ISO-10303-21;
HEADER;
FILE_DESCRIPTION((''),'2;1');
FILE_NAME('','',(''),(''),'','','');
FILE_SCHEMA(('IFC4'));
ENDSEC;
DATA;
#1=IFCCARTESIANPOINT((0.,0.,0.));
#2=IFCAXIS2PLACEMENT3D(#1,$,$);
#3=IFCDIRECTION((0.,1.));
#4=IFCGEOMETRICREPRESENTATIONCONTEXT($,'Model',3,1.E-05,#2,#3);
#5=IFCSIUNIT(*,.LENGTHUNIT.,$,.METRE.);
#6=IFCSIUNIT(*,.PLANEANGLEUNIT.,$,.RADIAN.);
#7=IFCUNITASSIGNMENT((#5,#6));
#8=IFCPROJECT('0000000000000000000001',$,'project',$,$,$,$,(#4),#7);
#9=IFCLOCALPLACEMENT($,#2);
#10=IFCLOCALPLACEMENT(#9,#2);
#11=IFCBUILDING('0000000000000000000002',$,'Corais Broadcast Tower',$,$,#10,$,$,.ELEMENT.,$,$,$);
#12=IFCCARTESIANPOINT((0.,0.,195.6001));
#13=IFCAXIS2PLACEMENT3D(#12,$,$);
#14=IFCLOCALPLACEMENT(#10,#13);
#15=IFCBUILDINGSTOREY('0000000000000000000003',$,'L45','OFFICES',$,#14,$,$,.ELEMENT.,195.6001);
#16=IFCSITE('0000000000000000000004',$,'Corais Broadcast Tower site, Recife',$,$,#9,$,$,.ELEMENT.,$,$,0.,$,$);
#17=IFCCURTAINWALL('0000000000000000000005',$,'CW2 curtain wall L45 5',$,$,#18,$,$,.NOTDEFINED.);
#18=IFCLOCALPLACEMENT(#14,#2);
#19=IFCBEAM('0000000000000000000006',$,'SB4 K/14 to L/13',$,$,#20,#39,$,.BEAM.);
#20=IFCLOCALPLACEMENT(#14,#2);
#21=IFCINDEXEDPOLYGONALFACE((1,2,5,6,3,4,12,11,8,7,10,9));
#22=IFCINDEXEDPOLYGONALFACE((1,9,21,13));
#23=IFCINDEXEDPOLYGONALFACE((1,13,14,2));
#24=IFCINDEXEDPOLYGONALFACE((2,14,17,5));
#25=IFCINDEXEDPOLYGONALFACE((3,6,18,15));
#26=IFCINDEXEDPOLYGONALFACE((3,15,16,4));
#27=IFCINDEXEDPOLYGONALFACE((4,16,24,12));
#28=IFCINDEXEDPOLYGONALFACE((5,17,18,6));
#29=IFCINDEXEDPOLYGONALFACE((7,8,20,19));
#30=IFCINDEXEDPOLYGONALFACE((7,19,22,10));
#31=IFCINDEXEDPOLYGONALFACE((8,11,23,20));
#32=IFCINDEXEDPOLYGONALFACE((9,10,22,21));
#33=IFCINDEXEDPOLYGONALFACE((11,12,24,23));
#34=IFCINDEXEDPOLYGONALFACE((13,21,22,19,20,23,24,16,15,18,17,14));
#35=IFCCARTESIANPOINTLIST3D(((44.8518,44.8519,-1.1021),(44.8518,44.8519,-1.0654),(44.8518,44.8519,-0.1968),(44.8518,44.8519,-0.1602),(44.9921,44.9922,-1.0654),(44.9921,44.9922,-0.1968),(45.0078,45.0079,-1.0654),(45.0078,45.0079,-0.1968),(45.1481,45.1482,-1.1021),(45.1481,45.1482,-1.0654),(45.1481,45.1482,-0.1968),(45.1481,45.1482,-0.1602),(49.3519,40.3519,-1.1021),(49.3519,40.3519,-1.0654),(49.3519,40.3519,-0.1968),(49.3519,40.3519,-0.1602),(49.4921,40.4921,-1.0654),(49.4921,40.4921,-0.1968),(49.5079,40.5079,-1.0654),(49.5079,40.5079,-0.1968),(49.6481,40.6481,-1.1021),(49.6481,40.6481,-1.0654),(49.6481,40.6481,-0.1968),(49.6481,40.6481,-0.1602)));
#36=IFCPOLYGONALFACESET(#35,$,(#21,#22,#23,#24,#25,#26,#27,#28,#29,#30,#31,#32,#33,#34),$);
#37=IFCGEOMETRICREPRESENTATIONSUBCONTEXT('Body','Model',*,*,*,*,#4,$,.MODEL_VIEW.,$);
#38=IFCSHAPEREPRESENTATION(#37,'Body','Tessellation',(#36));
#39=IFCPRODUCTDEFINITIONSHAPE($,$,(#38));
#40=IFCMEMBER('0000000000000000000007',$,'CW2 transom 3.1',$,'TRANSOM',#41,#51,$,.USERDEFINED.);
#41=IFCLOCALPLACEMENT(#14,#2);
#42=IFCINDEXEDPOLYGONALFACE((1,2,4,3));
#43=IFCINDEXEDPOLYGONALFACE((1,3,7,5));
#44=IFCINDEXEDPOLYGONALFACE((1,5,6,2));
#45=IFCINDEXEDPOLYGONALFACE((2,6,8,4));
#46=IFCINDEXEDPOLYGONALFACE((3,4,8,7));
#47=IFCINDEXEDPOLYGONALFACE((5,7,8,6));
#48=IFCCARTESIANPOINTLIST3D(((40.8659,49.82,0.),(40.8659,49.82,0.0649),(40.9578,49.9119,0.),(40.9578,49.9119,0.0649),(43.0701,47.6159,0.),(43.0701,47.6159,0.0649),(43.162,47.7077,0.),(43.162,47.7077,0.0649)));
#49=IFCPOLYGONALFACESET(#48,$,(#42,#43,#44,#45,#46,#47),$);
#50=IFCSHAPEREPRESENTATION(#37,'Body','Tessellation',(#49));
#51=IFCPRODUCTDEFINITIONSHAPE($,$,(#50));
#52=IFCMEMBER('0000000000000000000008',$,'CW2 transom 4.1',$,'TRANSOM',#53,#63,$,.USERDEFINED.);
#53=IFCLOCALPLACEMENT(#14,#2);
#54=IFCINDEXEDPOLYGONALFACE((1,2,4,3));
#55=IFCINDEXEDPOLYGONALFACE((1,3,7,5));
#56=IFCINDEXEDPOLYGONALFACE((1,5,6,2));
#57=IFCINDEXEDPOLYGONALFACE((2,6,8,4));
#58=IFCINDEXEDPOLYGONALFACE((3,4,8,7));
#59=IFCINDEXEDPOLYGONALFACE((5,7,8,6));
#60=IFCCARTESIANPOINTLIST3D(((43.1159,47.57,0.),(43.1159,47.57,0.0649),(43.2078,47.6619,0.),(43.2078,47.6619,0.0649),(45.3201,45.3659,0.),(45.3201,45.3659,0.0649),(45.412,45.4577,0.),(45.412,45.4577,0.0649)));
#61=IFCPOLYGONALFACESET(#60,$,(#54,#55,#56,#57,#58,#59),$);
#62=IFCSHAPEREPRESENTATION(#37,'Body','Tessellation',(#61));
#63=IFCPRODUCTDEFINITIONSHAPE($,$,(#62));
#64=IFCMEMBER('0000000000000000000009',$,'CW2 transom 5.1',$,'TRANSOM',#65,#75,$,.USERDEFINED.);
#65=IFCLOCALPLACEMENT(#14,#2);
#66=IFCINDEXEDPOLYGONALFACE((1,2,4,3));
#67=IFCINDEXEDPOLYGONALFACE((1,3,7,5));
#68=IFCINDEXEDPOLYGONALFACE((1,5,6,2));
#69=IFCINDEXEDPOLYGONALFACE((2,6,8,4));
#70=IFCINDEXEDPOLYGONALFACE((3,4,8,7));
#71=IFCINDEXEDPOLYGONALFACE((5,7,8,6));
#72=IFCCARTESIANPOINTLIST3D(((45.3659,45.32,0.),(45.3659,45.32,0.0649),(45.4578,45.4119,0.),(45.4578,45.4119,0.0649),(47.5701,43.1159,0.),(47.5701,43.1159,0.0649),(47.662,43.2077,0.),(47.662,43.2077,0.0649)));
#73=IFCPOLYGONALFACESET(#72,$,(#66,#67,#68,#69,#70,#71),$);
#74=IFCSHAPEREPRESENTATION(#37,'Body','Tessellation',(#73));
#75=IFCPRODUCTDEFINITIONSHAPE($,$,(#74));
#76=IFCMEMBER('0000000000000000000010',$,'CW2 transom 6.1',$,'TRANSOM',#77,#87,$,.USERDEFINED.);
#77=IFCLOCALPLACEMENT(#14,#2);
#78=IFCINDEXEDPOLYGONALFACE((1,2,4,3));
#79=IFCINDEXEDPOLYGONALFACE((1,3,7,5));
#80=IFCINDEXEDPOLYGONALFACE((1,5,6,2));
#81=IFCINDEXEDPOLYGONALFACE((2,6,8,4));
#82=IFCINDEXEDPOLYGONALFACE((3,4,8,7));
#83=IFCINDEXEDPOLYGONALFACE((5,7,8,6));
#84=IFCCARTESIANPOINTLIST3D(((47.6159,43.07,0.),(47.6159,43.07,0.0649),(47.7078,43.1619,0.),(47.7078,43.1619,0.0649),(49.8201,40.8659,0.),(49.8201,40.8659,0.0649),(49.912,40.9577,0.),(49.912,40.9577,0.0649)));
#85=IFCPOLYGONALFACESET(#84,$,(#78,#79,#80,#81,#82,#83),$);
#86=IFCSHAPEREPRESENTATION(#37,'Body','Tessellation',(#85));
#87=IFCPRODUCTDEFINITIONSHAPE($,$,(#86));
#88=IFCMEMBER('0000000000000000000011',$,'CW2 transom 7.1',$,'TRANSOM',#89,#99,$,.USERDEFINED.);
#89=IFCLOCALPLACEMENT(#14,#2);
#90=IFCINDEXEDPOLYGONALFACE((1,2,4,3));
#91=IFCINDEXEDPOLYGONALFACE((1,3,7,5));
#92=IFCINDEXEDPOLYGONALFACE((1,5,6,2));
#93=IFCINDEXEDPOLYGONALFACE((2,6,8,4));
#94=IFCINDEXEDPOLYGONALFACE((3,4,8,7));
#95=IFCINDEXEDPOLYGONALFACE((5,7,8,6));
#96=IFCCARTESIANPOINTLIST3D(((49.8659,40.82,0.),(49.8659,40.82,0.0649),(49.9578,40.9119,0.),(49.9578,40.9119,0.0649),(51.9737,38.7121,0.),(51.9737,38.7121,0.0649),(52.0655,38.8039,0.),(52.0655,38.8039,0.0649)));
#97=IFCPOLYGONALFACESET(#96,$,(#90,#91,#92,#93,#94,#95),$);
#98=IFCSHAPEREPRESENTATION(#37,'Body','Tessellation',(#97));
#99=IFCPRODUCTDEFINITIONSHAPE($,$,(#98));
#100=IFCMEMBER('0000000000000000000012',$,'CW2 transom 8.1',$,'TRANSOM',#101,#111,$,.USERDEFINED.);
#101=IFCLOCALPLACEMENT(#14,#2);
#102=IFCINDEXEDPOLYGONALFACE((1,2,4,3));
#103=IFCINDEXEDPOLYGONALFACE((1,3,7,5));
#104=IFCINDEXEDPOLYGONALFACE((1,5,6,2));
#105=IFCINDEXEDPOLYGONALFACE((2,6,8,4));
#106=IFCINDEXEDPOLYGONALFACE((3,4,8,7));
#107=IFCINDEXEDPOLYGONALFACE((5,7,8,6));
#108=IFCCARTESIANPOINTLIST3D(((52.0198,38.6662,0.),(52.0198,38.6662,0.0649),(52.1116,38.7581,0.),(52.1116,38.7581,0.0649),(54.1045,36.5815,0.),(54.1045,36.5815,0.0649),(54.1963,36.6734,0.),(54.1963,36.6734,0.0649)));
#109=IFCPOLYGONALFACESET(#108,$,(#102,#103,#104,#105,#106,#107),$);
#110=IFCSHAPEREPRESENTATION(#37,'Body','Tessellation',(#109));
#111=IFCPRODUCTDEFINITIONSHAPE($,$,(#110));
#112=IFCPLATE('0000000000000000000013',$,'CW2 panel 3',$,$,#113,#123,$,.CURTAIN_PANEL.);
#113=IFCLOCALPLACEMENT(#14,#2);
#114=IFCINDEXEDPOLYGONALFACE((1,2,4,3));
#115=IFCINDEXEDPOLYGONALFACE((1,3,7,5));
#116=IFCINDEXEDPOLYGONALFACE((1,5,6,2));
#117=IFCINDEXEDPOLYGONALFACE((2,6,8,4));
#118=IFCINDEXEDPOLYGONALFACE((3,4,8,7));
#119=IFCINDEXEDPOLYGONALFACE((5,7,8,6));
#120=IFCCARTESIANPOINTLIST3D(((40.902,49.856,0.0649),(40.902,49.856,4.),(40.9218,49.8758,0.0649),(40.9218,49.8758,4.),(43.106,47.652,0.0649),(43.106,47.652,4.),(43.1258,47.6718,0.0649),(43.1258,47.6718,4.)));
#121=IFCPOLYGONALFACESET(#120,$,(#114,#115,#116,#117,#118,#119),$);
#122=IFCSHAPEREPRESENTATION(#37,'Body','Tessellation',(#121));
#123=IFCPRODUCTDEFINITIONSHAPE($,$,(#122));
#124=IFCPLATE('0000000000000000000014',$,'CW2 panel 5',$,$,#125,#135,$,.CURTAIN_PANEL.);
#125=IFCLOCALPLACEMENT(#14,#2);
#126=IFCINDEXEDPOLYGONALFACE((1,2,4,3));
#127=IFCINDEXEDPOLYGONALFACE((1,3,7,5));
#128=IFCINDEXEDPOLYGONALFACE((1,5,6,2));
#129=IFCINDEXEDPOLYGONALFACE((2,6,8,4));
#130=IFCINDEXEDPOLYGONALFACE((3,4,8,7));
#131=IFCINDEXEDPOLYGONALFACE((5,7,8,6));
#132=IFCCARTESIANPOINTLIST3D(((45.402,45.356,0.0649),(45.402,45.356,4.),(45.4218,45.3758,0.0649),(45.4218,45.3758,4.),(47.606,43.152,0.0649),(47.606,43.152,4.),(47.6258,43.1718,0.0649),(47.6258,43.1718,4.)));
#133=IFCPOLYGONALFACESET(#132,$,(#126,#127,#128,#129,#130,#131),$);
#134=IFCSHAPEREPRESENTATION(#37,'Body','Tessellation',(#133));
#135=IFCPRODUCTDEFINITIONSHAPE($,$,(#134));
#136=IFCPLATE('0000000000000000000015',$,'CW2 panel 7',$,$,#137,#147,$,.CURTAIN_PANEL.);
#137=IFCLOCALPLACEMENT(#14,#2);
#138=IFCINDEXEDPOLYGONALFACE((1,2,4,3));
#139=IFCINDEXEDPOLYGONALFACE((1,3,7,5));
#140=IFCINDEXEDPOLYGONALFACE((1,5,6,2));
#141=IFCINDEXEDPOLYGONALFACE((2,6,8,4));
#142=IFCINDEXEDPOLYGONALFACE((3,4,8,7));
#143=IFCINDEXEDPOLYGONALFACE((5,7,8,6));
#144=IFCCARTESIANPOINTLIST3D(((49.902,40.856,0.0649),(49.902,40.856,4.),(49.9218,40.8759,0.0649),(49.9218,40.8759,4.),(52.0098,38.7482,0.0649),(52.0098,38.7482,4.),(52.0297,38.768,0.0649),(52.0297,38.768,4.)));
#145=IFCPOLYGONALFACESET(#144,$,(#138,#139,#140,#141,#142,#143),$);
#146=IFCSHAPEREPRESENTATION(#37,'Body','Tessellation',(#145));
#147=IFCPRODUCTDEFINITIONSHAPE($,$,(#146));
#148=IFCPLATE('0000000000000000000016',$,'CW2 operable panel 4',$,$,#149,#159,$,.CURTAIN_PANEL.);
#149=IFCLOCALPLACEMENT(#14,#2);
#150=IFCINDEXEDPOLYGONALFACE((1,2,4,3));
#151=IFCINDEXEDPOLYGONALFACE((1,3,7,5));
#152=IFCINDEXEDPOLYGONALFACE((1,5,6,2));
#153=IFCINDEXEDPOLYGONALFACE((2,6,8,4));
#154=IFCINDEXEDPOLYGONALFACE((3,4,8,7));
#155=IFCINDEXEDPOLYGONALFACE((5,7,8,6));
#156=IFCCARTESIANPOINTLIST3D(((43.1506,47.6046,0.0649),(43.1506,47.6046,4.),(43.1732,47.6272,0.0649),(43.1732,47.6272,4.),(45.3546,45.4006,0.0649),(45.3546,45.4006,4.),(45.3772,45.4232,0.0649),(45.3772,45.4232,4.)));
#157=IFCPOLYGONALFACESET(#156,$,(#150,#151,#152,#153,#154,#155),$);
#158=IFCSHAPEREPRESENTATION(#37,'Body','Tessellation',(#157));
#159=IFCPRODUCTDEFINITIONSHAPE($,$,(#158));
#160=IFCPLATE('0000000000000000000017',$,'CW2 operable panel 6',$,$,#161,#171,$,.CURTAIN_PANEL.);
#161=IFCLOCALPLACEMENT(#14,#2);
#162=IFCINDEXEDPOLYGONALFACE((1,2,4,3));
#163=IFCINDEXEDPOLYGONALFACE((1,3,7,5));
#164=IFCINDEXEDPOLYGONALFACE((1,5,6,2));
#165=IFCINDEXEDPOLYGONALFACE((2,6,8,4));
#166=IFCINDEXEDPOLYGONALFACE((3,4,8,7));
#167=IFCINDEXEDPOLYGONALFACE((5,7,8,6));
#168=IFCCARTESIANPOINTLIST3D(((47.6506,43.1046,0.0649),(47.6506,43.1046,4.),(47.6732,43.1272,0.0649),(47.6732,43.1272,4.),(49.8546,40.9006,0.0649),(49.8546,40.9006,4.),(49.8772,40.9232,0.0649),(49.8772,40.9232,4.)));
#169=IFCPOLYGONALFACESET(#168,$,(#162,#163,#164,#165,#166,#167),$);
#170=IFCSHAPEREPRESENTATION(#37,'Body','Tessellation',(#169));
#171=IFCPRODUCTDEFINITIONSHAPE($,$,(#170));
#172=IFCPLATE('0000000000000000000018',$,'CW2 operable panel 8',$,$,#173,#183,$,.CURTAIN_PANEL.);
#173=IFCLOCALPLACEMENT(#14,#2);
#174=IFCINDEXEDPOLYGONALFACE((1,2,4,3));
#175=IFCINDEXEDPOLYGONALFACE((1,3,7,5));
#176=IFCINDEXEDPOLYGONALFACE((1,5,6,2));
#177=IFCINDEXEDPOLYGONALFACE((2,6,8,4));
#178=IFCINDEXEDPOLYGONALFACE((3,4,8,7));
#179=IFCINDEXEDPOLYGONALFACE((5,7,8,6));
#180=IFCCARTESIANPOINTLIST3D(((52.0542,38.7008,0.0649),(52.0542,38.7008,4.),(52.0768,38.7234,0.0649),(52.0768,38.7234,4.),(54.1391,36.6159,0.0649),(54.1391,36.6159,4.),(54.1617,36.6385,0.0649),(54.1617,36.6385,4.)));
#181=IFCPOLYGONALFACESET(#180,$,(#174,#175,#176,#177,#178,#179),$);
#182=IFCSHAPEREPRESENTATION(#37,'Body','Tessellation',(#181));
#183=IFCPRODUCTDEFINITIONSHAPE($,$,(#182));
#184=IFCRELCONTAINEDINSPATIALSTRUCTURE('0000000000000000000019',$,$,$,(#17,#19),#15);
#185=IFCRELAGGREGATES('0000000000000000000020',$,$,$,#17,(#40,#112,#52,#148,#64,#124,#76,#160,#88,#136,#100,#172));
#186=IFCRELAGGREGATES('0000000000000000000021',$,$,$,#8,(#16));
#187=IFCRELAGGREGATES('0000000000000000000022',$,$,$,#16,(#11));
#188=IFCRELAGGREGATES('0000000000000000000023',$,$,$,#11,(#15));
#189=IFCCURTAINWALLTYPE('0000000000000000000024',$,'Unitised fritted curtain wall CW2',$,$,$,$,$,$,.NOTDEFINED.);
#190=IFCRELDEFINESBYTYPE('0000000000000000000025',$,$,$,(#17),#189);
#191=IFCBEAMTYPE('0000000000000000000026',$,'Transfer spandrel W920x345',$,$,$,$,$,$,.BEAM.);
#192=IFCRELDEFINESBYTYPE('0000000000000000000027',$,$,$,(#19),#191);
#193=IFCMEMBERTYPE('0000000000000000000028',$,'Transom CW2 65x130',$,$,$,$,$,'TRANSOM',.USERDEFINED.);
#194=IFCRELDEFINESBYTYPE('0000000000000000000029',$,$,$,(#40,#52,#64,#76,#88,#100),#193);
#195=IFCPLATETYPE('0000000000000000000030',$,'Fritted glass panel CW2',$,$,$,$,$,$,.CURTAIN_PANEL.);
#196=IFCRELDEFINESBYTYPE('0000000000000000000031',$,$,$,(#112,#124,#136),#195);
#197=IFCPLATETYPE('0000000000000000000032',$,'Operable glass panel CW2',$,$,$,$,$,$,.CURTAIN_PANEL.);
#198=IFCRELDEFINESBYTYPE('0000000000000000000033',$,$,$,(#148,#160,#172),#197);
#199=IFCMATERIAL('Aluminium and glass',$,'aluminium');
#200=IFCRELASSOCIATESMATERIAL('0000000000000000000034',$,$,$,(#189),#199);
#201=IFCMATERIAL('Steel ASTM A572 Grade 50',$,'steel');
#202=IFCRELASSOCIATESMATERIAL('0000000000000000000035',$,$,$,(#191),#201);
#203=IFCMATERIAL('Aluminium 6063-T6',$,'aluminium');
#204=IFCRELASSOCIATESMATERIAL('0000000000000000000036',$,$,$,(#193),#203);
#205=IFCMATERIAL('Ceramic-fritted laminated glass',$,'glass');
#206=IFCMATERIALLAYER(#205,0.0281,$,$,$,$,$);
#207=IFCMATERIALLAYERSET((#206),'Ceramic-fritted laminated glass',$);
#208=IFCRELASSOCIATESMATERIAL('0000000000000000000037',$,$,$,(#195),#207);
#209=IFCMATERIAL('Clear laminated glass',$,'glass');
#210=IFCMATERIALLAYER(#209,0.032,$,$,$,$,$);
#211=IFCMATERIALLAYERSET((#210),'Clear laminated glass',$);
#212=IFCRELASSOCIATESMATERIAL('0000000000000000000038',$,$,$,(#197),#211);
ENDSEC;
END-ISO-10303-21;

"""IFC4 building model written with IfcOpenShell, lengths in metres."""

from ifc_helpers import new_model, si_unit, direction, frame, origin, origin_2d, place, context, subcontext, project, spatial, rectangle, i_section, extrude, material, layer, layer_set, material_profile, profile_set, type_object, element, aggregate, save


model = new_model("IFC4")

# Units and contexts
model_context = context("Model", 3, precision=1e-05, world=origin(), true_north=direction((0.0, 1.0)))
body_context = subcontext(model_context, "Body", "Model", "MODEL_VIEW")
ifc_project = project(units=[si_unit("LENGTHUNIT", "METRE"), si_unit("PLANEANGLEUNIT", "RADIAN")], contexts=[model_context])

# Site, building, storey
site_placement = place(None, origin())
site = spatial("IfcSite", under=ifc_project, at=site_placement, Name="Corais Broadcast Tower site, Recife", CompositionType="ELEMENT", RefElevation=0.0)
building_placement = place(site_placement, origin())
building = spatial("IfcBuilding", under=site, at=building_placement, Name="Corais Broadcast Tower", CompositionType="ELEMENT")
storey_placement = place(building_placement, frame((0.0, 0.0, 195.6001)))
storey = spatial("IfcBuildingStorey", under=building, at=storey_placement, Name="L45", Description="OFFICES", CompositionType="ELEMENT", Elevation=195.6001)

# Curtain wall
ifc_material_1 = material(Name="Aluminium and glass", Category="aluminium")
curtain_wall_type = type_object("IfcCurtainWallType", Name="Unitised fritted curtain wall CW2", PredefinedType="NOTDEFINED", material=ifc_material_1)
curtain_wall_placement = place(storey_placement, origin())
curtain_wall = element("IfcCurtainWall", 1, at=curtain_wall_placement, inside=storey, type_object=curtain_wall_type, Name="CW2 curtain wall L45 5", PredefinedType="NOTDEFINED")

# Beam
ifc_material_2 = material(Name="Steel ASTM A572 Grade 50", Category="steel")
ifc_material_profile_1 = material_profile(ifc_material_2, i_section(OverallWidth=0.4189, OverallDepth=0.9419, WebThickness=0.0222, FlangeThickness=0.0366, at=origin_2d()), Name="W920x345")
ifc_profile_set_1 = profile_set([ifc_material_profile_1], Name="Steel ASTM A572 Grade 50")
beam_type_1 = type_object("IfcBeamType", Name="Transfer spandrel W920x345", PredefinedType="BEAM", material=ifc_profile_set_1)
for number, where, z_axis, x_axis, name in (
    (2, (49.5, 40.5, -0.6311), (-0.707107, 0.707107, 0.0), (-0.707107, -0.707107, 0.0), "SB4 K/14 to L/13"),
):
    element("IfcBeam", number, at=place(storey_placement, frame(where, z_axis=z_axis, x_axis=x_axis)), inside=storey, type_object=beam_type_1, Name=name, PredefinedType="BEAM", context=body_context, shape_type="SweptSolid", body=[
        extrude(i_section(OverallWidth=0.4189, OverallDepth=0.9419, WebThickness=0.0222, FlangeThickness=0.0366, at=origin_2d()), origin(), (0.0, 0.0, 1.0), 6.364),
    ])

# Members
ifc_material_3 = material(Name="Aluminium 6063-T6", Category="aluminium")
ifc_material_profile_2 = material_profile(ifc_material_3, rectangle(XDim=0.1299, YDim=0.0649, at=origin_2d()), Name="Transom CW2 65x130")
ifc_profile_set_2 = profile_set([ifc_material_profile_2], Name="Aluminium 6063-T6")
member_type_1 = type_object("IfcMemberType", Name="Transom CW2 65x130", ElementType="TRANSOM", PredefinedType="USERDEFINED", material=ifc_profile_set_2)
member_1_placement = place(storey_placement, frame((40.9119, 49.866, 0.0325), z_axis=(0.707107, -0.707107, 0.0), x_axis=(0.707107, 0.707107, 0.0)))
member_1 = element("IfcMember", 3, at=member_1_placement, type_object=member_type_1, Name="CW2 transom 3.1", ObjectType="TRANSOM", PredefinedType="USERDEFINED", context=body_context, shape_type="SweptSolid", body=[
    extrude(rectangle(XDim=0.1299, YDim=0.0649, at=origin_2d()), origin(), (0.0, 0.0, 1.0), 3.1172),
])
member_2_placement = place(storey_placement, frame((43.1619, 47.616, 0.0325), z_axis=(0.707107, -0.707107, 0.0), x_axis=(0.707107, 0.707107, 0.0)))
member_2 = element("IfcMember", 4, at=member_2_placement, type_object=member_type_1, Name="CW2 transom 4.1", ObjectType="TRANSOM", PredefinedType="USERDEFINED", context=body_context, shape_type="SweptSolid", body=[
    extrude(rectangle(XDim=0.1299, YDim=0.0649, at=origin_2d()), origin(), (0.0, 0.0, 1.0), 3.1172),
])
member_3_placement = place(storey_placement, frame((45.4119, 45.366, 0.0325), z_axis=(0.707107, -0.707107, 0.0), x_axis=(0.707107, 0.707107, 0.0)))
member_3 = element("IfcMember", 5, at=member_3_placement, type_object=member_type_1, Name="CW2 transom 5.1", ObjectType="TRANSOM", PredefinedType="USERDEFINED", context=body_context, shape_type="SweptSolid", body=[
    extrude(rectangle(XDim=0.1299, YDim=0.0649, at=origin_2d()), origin(), (0.0, 0.0, 1.0), 3.1172),
])
member_4_placement = place(storey_placement, frame((47.6619, 43.116, 0.0325), z_axis=(0.707107, -0.707107, 0.0), x_axis=(0.707107, 0.707107, 0.0)))
member_4 = element("IfcMember", 6, at=member_4_placement, type_object=member_type_1, Name="CW2 transom 6.1", ObjectType="TRANSOM", PredefinedType="USERDEFINED", context=body_context, shape_type="SweptSolid", body=[
    extrude(rectangle(XDim=0.1299, YDim=0.0649, at=origin_2d()), origin(), (0.0, 0.0, 1.0), 3.1172),
])
member_5_placement = place(storey_placement, frame((49.9119, 40.866, 0.0325), z_axis=(0.707066, -0.707148, 0.0), x_axis=(0.707148, 0.707066, 0.0)))
member_5 = element("IfcMember", 7, at=member_5_placement, type_object=member_type_1, Name="CW2 transom 7.1", ObjectType="TRANSOM", PredefinedType="USERDEFINED", context=body_context, shape_type="SweptSolid", body=[
    extrude(rectangle(XDim=0.1299, YDim=0.0649, at=origin_2d()), origin(), (0.0, 0.0, 1.0), 2.981),
])
member_6_placement = place(storey_placement, frame((52.0657, 38.7122, 0.0325), z_axis=(0.707107, -0.707107, 0.0), x_axis=(0.707107, 0.707107, 0.0)))
member_6 = element("IfcMember", 8, at=member_6_placement, type_object=member_type_1, Name="CW2 transom 8.1", ObjectType="TRANSOM", PredefinedType="USERDEFINED", context=body_context, shape_type="SweptSolid", body=[
    extrude(rectangle(XDim=0.1299, YDim=0.0649, at=origin_2d()), origin(), (0.0, 0.0, 1.0), 2.9482),
])

# Plates
ifc_material_4 = material(Name="Ceramic-fritted laminated glass", Category="glass")
ifc_layer_1 = layer(ifc_material_4, 0.0281)
ifc_layer_set_1 = layer_set([ifc_layer_1], Name="Ceramic-fritted laminated glass")
plate_type_1 = type_object("IfcPlateType", Name="Fritted glass panel CW2", PredefinedType="CURTAIN_PANEL", material=ifc_layer_set_1)
plate_1_placement = place(storey_placement, frame((42.0139, 48.7639, 0.0649), z_axis=(0.0, 0.0, 1.0), x_axis=(0.707107, -0.707107, 0.0)))
plate_1 = element("IfcPlate", 9, at=plate_1_placement, type_object=plate_type_1, Name="CW2 panel 3", PredefinedType="CURTAIN_PANEL", context=body_context, shape_type="SweptSolid", body=[
    extrude(rectangle(XDim=3.1169, YDim=0.0281, at=origin_2d()), origin(), (0.0, 0.0, 1.0), 3.9351),
])
plate_2_placement = place(storey_placement, frame((46.5139, 44.2639, 0.0649), z_axis=(0.0, 0.0, 1.0), x_axis=(0.707107, -0.707107, 0.0)))
plate_2 = element("IfcPlate", 10, at=plate_2_placement, type_object=plate_type_1, Name="CW2 panel 5", PredefinedType="CURTAIN_PANEL", context=body_context, shape_type="SweptSolid", body=[
    extrude(rectangle(XDim=3.1169, YDim=0.0281, at=origin_2d()), origin(), (0.0, 0.0, 1.0), 3.9351),
])
plate_3_placement = place(storey_placement, frame((50.9658, 39.812, 0.0649), z_axis=(0.0, 0.0, 1.0), x_axis=(0.707107, -0.707107, 0.0)))
plate_3 = element("IfcPlate", 11, at=plate_3_placement, type_object=plate_type_1, Name="CW2 panel 7", PredefinedType="CURTAIN_PANEL", context=body_context, shape_type="SweptSolid", body=[
    extrude(rectangle(XDim=2.981, YDim=0.0281, at=origin_2d()), origin(), (0.0, 0.0, 1.0), 3.9351),
])
ifc_material_5 = material(Name="Clear laminated glass", Category="glass")
ifc_layer_2 = layer(ifc_material_5, 0.032)
ifc_layer_set_2 = layer_set([ifc_layer_2], Name="Clear laminated glass")
plate_type_2 = type_object("IfcPlateType", Name="Operable glass panel CW2", PredefinedType="CURTAIN_PANEL", material=ifc_layer_set_2)
plate_4_placement = place(storey_placement, frame((44.2639, 46.5139, 0.0649), z_axis=(0.0, 0.0, 1.0), x_axis=(0.707107, -0.707107, 0.0)))
plate_4 = element("IfcPlate", 12, at=plate_4_placement, type_object=plate_type_2, Name="CW2 operable panel 4", PredefinedType="CURTAIN_PANEL", context=body_context, shape_type="SweptSolid", body=[
    extrude(rectangle(XDim=3.1169, YDim=0.032, at=origin_2d()), origin(), (0.0, 0.0, 1.0), 3.9351),
])
plate_5_placement = place(storey_placement, frame((48.7639, 42.0139, 0.0649), z_axis=(0.0, 0.0, 1.0), x_axis=(0.707107, -0.707107, 0.0)))
plate_5 = element("IfcPlate", 13, at=plate_5_placement, type_object=plate_type_2, Name="CW2 operable panel 6", PredefinedType="CURTAIN_PANEL", context=body_context, shape_type="SweptSolid", body=[
    extrude(rectangle(XDim=3.1169, YDim=0.032, at=origin_2d()), origin(), (0.0, 0.0, 1.0), 3.9351),
])
plate_6_placement = place(storey_placement, frame((53.1079, 37.6697, 0.0649), z_axis=(0.0, 0.0, 1.0), x_axis=(0.707107, -0.707107, 0.0)))
plate_6 = element("IfcPlate", 14, at=plate_6_placement, type_object=plate_type_2, Name="CW2 operable panel 8", PredefinedType="CURTAIN_PANEL", context=body_context, shape_type="SweptSolid", body=[
    extrude(rectangle(XDim=2.9485, YDim=0.032, at=origin_2d()), origin(), (0.0, 0.0, 1.0), 3.9351),
])
aggregate(curtain_wall, [member_1, plate_1, member_2, plate_4, member_3, plate_2, member_4, plate_5, member_5, plate_3, member_6, plate_6])

save(model, "model.ifc")
